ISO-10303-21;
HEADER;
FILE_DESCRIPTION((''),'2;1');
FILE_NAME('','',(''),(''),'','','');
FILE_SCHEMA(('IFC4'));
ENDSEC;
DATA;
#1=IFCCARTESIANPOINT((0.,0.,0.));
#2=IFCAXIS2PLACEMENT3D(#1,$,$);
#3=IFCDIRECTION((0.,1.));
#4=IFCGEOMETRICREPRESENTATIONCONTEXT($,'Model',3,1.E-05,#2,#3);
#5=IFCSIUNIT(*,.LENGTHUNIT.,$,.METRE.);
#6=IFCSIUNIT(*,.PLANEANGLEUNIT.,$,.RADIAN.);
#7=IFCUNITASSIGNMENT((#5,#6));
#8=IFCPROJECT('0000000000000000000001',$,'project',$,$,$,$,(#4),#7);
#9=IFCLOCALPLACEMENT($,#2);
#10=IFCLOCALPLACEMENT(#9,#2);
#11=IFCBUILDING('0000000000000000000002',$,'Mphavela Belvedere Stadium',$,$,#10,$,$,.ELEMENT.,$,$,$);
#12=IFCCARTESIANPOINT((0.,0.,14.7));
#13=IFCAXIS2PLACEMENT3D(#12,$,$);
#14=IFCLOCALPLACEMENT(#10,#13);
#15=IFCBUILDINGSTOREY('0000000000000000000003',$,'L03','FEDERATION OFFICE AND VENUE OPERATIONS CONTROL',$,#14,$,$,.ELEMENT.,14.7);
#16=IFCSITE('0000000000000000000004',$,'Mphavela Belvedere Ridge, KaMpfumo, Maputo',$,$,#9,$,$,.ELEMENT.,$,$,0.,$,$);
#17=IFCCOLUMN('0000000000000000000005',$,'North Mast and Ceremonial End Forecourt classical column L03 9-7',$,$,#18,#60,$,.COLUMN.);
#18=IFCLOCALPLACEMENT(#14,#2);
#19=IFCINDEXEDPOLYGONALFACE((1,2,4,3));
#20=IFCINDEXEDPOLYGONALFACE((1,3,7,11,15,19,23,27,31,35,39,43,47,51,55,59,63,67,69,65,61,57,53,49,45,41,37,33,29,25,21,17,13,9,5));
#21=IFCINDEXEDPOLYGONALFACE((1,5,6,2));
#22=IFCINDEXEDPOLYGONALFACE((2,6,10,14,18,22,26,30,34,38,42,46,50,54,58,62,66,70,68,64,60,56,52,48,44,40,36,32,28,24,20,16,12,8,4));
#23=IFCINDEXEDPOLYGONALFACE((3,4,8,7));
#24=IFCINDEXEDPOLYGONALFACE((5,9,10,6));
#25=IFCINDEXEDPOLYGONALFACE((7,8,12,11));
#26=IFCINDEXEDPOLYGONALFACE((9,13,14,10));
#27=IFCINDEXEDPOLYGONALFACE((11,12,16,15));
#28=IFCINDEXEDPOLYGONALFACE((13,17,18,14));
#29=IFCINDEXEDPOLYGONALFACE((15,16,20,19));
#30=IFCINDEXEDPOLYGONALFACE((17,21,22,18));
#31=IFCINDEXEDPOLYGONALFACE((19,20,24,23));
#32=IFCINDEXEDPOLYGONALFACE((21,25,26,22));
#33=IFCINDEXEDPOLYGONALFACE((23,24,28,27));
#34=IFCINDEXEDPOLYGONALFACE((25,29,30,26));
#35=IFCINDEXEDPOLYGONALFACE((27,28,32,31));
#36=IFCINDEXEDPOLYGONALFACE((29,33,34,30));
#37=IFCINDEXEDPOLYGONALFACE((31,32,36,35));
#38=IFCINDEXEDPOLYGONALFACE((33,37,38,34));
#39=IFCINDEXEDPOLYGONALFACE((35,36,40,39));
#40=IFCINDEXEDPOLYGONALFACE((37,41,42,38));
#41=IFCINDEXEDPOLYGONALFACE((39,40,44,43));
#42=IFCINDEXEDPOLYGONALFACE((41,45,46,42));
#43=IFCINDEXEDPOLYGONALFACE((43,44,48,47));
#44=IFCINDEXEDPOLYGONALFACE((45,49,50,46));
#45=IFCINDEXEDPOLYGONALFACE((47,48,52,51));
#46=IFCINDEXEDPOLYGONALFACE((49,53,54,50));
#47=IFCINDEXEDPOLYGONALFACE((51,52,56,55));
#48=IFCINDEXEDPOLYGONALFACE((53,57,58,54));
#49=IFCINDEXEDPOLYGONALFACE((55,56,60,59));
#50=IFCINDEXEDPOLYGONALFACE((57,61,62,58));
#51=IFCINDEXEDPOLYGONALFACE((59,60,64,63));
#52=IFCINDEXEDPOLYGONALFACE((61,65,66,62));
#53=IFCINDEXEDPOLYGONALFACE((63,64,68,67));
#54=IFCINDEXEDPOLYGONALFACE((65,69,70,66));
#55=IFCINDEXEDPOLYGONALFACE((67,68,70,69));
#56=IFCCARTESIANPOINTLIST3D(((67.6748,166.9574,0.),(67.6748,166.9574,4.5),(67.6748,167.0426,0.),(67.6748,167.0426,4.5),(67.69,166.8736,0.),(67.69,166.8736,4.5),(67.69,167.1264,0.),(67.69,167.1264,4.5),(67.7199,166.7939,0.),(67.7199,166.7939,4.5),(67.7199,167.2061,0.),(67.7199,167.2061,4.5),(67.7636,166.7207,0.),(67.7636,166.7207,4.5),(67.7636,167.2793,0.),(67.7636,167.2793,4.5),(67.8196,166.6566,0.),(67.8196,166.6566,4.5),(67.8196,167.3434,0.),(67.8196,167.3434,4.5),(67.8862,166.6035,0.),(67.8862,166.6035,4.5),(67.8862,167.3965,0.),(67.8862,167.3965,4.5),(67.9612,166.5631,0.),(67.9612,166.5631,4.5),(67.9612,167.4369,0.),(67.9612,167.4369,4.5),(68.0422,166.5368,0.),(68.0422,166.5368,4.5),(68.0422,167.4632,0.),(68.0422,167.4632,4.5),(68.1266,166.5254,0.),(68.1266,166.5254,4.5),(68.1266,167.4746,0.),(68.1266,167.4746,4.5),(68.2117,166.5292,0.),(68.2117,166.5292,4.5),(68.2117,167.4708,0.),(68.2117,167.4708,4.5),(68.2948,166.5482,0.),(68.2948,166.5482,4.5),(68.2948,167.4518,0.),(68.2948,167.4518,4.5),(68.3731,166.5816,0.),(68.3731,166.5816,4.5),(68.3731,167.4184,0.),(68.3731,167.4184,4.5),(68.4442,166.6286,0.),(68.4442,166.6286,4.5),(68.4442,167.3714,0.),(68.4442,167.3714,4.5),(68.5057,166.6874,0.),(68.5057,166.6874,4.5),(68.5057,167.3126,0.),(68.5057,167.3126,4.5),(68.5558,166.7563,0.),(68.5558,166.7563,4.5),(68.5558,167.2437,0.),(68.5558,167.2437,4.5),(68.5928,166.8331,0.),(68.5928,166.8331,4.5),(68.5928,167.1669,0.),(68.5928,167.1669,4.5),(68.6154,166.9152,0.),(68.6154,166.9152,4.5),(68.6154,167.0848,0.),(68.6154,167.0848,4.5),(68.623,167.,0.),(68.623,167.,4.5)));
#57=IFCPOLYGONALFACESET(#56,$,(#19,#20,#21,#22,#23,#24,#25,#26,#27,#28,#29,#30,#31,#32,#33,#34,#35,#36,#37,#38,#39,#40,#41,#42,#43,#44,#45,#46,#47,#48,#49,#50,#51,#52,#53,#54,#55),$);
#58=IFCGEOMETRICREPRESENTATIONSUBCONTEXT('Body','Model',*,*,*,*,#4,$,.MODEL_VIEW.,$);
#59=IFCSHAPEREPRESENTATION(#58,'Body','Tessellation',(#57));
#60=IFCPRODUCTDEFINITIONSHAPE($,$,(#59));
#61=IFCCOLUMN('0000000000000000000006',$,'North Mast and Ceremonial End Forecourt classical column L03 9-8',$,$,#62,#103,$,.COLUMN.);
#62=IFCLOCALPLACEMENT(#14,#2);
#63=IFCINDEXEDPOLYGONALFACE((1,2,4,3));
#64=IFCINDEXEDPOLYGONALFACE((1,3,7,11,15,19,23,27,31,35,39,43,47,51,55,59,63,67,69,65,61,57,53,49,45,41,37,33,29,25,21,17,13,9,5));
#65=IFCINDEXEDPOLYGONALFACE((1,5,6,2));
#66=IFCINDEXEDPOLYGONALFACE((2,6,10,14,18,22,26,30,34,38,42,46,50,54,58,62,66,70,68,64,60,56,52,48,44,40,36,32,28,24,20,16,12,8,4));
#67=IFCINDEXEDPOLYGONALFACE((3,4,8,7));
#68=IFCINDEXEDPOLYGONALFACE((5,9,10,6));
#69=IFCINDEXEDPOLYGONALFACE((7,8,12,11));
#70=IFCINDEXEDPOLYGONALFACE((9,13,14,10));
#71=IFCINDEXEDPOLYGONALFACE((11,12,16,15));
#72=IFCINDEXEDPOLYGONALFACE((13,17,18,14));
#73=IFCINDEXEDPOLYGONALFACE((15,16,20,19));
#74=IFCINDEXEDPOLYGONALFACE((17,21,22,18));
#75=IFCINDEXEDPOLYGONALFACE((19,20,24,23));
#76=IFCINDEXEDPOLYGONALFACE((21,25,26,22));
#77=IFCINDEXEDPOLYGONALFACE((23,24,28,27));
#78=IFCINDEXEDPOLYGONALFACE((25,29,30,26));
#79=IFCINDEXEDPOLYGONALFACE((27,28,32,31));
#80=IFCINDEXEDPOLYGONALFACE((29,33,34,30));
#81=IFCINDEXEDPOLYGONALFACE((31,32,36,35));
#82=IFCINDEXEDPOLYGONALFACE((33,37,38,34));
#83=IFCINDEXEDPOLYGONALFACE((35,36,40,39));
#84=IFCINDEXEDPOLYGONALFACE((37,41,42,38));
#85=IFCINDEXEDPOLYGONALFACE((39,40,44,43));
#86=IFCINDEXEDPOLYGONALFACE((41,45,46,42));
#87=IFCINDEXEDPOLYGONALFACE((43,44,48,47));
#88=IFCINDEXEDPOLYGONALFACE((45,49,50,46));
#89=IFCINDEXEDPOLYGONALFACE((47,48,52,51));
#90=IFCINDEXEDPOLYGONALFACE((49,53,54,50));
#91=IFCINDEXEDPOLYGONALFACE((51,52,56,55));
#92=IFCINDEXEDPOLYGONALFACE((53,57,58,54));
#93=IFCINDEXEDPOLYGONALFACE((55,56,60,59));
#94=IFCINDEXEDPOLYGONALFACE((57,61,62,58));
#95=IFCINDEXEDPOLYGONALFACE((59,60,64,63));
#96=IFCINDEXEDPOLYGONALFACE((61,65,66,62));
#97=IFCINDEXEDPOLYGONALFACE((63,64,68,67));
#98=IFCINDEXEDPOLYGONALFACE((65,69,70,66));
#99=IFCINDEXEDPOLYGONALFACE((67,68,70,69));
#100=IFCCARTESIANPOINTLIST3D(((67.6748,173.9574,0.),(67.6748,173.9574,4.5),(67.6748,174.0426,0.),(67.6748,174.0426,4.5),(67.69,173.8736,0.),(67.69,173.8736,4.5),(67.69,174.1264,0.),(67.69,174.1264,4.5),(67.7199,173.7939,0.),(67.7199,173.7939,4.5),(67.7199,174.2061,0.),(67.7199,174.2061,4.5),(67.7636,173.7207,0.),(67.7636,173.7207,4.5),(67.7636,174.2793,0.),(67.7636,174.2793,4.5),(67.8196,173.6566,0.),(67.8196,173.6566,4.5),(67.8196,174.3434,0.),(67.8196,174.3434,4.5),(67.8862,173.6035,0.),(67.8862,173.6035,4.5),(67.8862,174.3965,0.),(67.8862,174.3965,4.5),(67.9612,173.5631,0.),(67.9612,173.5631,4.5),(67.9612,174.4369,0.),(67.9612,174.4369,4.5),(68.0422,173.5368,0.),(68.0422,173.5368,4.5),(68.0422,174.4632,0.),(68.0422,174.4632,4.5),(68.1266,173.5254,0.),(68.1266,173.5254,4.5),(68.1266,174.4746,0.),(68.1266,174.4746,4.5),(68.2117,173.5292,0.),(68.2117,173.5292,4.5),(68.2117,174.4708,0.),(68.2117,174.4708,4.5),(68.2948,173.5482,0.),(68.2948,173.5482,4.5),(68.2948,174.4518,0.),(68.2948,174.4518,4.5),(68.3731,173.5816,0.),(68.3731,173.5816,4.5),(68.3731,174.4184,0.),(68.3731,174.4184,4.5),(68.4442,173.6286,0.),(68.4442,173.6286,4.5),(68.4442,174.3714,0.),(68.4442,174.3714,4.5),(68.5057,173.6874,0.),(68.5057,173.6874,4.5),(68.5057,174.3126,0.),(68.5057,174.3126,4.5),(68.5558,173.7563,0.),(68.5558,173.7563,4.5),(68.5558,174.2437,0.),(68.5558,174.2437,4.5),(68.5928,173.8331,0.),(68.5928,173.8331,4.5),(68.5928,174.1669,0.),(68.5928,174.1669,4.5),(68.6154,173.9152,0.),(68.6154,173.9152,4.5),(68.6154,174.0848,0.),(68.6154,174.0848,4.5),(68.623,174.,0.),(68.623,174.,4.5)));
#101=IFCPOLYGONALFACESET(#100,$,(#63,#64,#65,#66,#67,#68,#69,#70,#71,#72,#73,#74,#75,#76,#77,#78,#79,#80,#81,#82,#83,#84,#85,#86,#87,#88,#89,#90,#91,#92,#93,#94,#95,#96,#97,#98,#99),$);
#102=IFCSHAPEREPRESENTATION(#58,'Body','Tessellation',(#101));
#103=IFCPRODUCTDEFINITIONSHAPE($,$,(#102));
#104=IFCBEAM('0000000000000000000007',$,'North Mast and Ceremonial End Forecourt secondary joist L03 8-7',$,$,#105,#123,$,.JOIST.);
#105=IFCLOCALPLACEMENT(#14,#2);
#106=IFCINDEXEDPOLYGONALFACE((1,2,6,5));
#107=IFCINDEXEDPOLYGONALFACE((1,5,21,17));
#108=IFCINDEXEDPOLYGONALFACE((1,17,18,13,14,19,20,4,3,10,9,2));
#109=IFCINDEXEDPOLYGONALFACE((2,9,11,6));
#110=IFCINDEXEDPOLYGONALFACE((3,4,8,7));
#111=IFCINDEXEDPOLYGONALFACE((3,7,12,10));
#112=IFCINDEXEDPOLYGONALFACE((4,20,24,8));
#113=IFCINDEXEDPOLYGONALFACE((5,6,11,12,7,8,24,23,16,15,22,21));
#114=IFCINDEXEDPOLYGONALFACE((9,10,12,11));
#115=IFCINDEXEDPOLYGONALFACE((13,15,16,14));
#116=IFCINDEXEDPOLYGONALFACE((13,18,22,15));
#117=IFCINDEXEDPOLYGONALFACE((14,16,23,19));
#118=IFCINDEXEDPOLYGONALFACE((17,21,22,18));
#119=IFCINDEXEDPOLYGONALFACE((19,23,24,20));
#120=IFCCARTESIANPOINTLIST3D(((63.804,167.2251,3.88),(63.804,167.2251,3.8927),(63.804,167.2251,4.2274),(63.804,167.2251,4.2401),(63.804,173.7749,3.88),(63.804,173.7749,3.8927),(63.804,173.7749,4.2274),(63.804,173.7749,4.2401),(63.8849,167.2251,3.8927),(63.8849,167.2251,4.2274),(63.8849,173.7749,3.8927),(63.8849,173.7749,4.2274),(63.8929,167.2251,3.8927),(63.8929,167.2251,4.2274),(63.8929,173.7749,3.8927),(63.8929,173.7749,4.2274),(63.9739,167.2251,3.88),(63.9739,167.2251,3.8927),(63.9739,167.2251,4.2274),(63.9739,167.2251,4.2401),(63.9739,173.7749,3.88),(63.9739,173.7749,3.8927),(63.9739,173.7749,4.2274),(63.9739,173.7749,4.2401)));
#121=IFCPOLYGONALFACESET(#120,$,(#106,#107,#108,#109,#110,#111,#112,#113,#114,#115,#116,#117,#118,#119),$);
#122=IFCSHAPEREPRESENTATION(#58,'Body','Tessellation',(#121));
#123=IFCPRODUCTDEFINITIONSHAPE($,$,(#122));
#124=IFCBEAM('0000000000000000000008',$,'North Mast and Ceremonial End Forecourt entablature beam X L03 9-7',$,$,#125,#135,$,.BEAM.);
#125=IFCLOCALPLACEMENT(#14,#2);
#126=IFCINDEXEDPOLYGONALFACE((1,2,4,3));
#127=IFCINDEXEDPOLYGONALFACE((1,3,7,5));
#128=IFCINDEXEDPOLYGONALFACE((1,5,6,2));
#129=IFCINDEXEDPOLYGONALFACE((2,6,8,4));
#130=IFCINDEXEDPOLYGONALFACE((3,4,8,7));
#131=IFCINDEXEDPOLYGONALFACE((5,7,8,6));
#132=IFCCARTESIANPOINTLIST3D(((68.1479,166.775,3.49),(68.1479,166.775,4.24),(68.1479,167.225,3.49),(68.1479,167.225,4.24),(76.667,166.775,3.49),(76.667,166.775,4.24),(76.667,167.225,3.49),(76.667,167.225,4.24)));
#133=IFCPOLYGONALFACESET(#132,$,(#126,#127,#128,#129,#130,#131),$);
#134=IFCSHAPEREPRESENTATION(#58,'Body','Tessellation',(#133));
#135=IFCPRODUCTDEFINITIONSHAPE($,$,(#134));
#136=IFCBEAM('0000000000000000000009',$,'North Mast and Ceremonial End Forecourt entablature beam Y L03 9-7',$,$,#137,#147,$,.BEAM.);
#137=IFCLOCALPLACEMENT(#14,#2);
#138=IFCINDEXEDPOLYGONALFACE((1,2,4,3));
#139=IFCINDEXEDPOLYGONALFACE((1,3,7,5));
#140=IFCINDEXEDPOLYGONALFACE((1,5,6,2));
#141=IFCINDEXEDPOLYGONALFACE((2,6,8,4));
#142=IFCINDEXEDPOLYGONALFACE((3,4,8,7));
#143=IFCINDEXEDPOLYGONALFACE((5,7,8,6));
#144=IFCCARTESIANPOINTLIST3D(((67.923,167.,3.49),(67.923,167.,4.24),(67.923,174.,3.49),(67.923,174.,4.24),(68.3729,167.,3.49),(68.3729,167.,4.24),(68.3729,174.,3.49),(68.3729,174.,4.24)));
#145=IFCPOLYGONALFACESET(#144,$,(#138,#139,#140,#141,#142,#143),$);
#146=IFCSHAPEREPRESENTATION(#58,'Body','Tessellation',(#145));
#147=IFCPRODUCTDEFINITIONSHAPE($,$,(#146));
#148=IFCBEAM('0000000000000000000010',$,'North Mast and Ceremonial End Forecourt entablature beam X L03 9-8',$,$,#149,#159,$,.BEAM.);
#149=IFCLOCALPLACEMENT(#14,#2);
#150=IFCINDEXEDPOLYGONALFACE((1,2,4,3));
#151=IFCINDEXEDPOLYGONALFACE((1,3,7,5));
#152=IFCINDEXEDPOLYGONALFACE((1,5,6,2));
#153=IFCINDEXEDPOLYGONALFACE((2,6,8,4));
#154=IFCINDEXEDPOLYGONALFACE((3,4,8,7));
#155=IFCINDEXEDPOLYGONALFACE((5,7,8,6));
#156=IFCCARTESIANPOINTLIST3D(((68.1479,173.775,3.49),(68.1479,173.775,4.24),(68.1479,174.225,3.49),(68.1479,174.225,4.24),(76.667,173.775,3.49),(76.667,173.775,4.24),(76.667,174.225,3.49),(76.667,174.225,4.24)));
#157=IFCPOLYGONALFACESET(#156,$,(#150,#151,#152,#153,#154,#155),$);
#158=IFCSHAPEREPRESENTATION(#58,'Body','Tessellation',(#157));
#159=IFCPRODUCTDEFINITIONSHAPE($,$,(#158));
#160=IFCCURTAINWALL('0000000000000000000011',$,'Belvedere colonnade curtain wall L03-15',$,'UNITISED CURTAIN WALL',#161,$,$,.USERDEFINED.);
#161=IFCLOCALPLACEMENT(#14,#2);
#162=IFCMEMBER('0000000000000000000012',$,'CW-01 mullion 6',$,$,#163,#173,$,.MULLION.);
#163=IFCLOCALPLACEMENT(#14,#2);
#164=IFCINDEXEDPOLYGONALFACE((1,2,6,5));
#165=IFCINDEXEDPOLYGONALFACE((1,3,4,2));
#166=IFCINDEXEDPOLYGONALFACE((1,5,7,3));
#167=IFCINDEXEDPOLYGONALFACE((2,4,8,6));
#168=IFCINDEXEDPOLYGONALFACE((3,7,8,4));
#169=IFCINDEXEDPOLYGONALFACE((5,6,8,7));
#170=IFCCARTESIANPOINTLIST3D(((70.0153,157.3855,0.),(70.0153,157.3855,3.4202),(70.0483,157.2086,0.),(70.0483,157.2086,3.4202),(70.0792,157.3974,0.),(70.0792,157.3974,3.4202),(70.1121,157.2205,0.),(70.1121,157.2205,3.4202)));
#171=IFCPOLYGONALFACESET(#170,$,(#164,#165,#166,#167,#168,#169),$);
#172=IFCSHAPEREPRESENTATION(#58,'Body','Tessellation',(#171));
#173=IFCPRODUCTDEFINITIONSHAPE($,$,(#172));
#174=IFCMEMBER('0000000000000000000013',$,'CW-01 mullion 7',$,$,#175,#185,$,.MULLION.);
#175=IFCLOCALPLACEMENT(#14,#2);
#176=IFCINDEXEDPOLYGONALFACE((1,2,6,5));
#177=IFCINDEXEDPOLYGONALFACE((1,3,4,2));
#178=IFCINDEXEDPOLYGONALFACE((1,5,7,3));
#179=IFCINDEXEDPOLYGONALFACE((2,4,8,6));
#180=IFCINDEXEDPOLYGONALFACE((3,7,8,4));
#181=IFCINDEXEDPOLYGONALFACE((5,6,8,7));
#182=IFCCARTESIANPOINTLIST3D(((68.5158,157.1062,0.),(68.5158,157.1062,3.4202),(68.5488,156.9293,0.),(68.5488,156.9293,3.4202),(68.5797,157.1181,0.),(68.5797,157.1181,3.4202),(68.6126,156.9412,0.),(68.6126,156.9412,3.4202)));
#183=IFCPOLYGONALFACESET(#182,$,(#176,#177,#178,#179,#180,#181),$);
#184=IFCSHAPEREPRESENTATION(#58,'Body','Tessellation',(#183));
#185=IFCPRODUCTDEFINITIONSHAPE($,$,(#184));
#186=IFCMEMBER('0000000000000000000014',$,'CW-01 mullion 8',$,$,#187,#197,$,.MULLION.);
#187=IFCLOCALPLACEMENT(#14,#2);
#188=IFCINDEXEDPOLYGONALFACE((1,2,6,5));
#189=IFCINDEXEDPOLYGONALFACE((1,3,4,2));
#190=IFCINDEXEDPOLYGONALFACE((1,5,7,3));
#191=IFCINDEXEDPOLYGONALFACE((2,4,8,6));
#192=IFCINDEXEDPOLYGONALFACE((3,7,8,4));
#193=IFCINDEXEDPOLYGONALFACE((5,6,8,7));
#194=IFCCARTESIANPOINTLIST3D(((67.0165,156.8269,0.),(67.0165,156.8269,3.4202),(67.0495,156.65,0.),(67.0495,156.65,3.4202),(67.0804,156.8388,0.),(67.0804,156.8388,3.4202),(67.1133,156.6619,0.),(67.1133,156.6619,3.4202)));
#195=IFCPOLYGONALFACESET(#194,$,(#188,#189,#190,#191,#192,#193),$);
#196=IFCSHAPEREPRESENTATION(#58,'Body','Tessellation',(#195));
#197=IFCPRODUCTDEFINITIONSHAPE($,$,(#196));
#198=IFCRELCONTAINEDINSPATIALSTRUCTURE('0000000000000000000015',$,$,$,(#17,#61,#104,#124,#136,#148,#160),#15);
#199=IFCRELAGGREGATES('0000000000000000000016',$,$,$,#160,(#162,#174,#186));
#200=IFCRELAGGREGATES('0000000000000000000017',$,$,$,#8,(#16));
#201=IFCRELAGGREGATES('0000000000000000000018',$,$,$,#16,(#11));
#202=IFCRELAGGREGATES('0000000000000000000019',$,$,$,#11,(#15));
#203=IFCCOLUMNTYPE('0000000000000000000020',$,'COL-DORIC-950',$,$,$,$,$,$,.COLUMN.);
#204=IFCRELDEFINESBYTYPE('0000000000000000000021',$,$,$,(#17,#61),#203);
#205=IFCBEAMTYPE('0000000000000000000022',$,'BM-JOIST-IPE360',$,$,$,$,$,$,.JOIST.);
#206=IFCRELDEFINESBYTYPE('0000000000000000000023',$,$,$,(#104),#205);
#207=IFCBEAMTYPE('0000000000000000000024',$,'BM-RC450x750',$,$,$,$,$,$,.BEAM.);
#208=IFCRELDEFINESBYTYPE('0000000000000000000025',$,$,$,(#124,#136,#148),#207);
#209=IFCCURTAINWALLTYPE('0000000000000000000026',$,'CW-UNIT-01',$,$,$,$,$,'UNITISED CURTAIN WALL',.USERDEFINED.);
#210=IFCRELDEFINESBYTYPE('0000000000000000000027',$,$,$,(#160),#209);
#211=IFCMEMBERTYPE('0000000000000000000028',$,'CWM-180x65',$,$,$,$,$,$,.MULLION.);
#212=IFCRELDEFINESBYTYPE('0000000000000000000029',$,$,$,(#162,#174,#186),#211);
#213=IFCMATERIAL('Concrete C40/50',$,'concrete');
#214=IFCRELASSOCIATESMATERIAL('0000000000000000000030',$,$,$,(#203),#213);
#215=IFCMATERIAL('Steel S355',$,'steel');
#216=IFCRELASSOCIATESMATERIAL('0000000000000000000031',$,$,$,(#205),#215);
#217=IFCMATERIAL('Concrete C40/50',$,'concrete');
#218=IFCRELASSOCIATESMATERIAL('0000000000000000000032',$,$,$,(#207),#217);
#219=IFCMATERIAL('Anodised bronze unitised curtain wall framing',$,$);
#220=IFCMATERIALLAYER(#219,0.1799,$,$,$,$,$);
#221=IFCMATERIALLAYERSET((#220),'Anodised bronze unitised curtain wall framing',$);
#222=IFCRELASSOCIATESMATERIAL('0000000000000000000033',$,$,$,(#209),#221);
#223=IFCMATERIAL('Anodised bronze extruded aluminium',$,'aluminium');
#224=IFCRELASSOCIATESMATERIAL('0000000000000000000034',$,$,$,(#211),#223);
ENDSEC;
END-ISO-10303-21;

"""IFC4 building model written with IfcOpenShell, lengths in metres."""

from ifc_helpers import new_model, si_unit, direction, frame, origin, origin_2d, place, context, subcontext, project, spatial, rectangle, circle, i_section, extrude, material, layer, layer_set, material_profile, profile_set, type_object, element, aggregate, save


model = new_model("IFC4")

# Units and contexts
model_context = context("Model", 3, precision=1e-05, world=origin(), true_north=direction((0.0, 1.0)))
body_context = subcontext(model_context, "Body", "Model", "MODEL_VIEW")
ifc_project = project(units=[si_unit("LENGTHUNIT", "METRE"), si_unit("PLANEANGLEUNIT", "RADIAN")], contexts=[model_context])

# Site, building, storey
site_placement = place(None, origin())
site = spatial("IfcSite", under=ifc_project, at=site_placement, Name="Mphavela Belvedere Ridge, KaMpfumo, Maputo", CompositionType="ELEMENT", RefElevation=0.0)
building_placement = place(site_placement, origin())
building = spatial("IfcBuilding", under=site, at=building_placement, Name="Mphavela Belvedere Stadium", CompositionType="ELEMENT")
storey_placement = place(building_placement, frame((0.0, 0.0, 14.7)))
storey = spatial("IfcBuildingStorey", under=building, at=storey_placement, Name="L03", Description="FEDERATION OFFICE AND VENUE OPERATIONS CONTROL", CompositionType="ELEMENT", Elevation=14.7)

# Columns
ifc_material_1 = material(Name="Concrete C40/50", Category="concrete")
ifc_material_profile_1 = material_profile(ifc_material_1, circle(Radius=0.4751, at=origin_2d()), Name="COL D950")
ifc_profile_set_1 = profile_set([ifc_material_profile_1], Name="Concrete C40/50")
column_type = type_object("IfcColumnType", Name="COL-DORIC-950", PredefinedType="COLUMN", material=ifc_profile_set_1)
for number, where, z_axis, x_axis, name in (
    (1, (68.1479, 167.0, 0.0), (0.0, 0.0, 1.0), (1.0, 0.0, 0.0), "North Mast and Ceremonial End Forecourt classical column L03 9-7"),
    (2, (68.1479, 174.0, 0.0), (0.0, 0.0, 1.0), (1.0, 0.0, 0.0), "North Mast and Ceremonial End Forecourt classical column L03 9-8"),
):
    element("IfcColumn", number, at=place(storey_placement, frame(where, z_axis=z_axis, x_axis=x_axis)), inside=storey, type_object=column_type, Name=name, PredefinedType="COLUMN", context=body_context, shape_type="SweptSolid", body=[
        extrude(circle(Radius=0.4751, at=origin_2d()), origin(), (0.0, 0.0, 1.0), 4.5),
    ])

# Beams
ifc_material_2 = material(Name="Steel S355", Category="steel")
ifc_material_profile_2 = material_profile(ifc_material_2, i_section(OverallWidth=0.1699, OverallDepth=0.3601, WebThickness=0.0081, FlangeThickness=0.0127, at=origin_2d()), Name="IPE 360")
ifc_profile_set_2 = profile_set([ifc_material_profile_2], Name="Steel S355")
beam_type_1 = type_object("IfcBeamType", Name="BM-JOIST-IPE360", PredefinedType="JOIST", material=ifc_profile_set_2)
beam_1_placement = place(storey_placement, frame((63.8889, 167.2251, 4.0601), z_axis=(0.0, 1.0, 0.0), x_axis=(-1.0, 0.0, 0.0)))
element("IfcBeam", 3, at=beam_1_placement, inside=storey, type_object=beam_type_1, Name="North Mast and Ceremonial End Forecourt secondary joist L03 8-7", PredefinedType="JOIST", context=body_context, shape_type="SweptSolid", body=[
    extrude(i_section(OverallWidth=0.1699, OverallDepth=0.3601, WebThickness=0.0081, FlangeThickness=0.0127, at=origin_2d()), origin(), (0.0, 0.0, 1.0), 6.5498),
])
ifc_material_3 = material(Name="Concrete C40/50", Category="concrete")
ifc_material_profile_3 = material_profile(ifc_material_3, rectangle(XDim=0.45, YDim=0.75, at=origin_2d()), Name="RC 450x750")
ifc_profile_set_3 = profile_set([ifc_material_profile_3], Name="Concrete C40/50")
beam_type_2 = type_object("IfcBeamType", Name="BM-RC450x750", PredefinedType="BEAM", material=ifc_profile_set_3)
beam_2_placement = place(storey_placement, frame((68.1479, 167.0, 3.865), z_axis=(1.0, 0.0, 0.0), x_axis=(0.0, 1.0, 0.0)))
element("IfcBeam", 4, at=beam_2_placement, inside=storey, type_object=beam_type_2, Name="North Mast and Ceremonial End Forecourt entablature beam X L03 9-7", PredefinedType="BEAM", context=body_context, shape_type="SweptSolid", body=[
    extrude(rectangle(XDim=0.45, YDim=0.75, at=origin_2d()), origin(), (0.0, 0.0, 1.0), 8.519),
])
beam_3_placement = place(storey_placement, frame((68.1479, 167.0, 3.865), z_axis=(0.0, 1.0, 0.0), x_axis=(-1.0, 0.0, 0.0)))
element("IfcBeam", 5, at=beam_3_placement, inside=storey, type_object=beam_type_2, Name="North Mast and Ceremonial End Forecourt entablature beam Y L03 9-7", PredefinedType="BEAM", context=body_context, shape_type="SweptSolid", body=[
    extrude(rectangle(XDim=0.45, YDim=0.75, at=origin_2d()), origin(), (0.0, 0.0, 1.0), 7.0),
])
beam_4_placement = place(storey_placement, frame((68.1479, 174.0, 3.865), z_axis=(1.0, 0.0, 0.0), x_axis=(0.0, 1.0, 0.0)))
element("IfcBeam", 6, at=beam_4_placement, inside=storey, type_object=beam_type_2, Name="North Mast and Ceremonial End Forecourt entablature beam X L03 9-8", PredefinedType="BEAM", context=body_context, shape_type="SweptSolid", body=[
    extrude(rectangle(XDim=0.45, YDim=0.75, at=origin_2d()), origin(), (0.0, 0.0, 1.0), 8.519),
])

# Curtain wall, members
ifc_material_4 = material(Name="Anodised bronze unitised curtain wall framing")
ifc_layer_1 = layer(ifc_material_4, 0.1799)
ifc_layer_set_1 = layer_set([ifc_layer_1], Name="Anodised bronze unitised curtain wall framing")
curtain_wall_type_1 = type_object("IfcCurtainWallType", Name="CW-UNIT-01", ElementType="UNITISED CURTAIN WALL", PredefinedType="USERDEFINED", material=ifc_layer_set_1)
curtain_wall_1_placement = place(storey_placement, origin())
curtain_wall_1 = element("IfcCurtainWall", 7, at=curtain_wall_1_placement, inside=storey, type_object=curtain_wall_type_1, Name="Belvedere colonnade curtain wall L03-15", ObjectType="UNITISED CURTAIN WALL", PredefinedType="USERDEFINED")
ifc_material_5 = material(Name="Anodised bronze extruded aluminium", Category="aluminium")
ifc_material_profile_4 = material_profile(ifc_material_5, rectangle(XDim=0.1799, YDim=0.0649, at=origin_2d()), Name="CW-MUL 180x65")
ifc_profile_set_4 = profile_set([ifc_material_profile_4], Name="Anodised bronze extruded aluminium")
member_type_1 = type_object("IfcMemberType", Name="CWM-180x65", PredefinedType="MULLION", material=ifc_profile_set_4)
member_1_placement = place(storey_placement, frame((70.0637, 157.303, 0.0), z_axis=(0.0, 0.0, 1.0), x_axis=(0.183088, -0.983097, 0.0)))
member_1 = element("IfcMember", 8, at=member_1_placement, type_object=member_type_1, Name="CW-01 mullion 6", PredefinedType="MULLION", context=body_context, shape_type="SweptSolid", body=[
    extrude(rectangle(XDim=0.1799, YDim=0.0649, at=origin_2d()), origin(), (0.0, 0.0, 1.0), 3.4202),
])
member_2_placement = place(storey_placement, frame((68.5642, 157.0237, 0.0), z_axis=(0.0, 0.0, 1.0), x_axis=(0.183088, -0.983097, 0.0)))
member_2 = element("IfcMember", 9, at=member_2_placement, type_object=member_type_1, Name="CW-01 mullion 7", PredefinedType="MULLION", context=body_context, shape_type="SweptSolid", body=[
    extrude(rectangle(XDim=0.1799, YDim=0.0649, at=origin_2d()), origin(), (0.0, 0.0, 1.0), 3.4202),
])
member_3_placement = place(storey_placement, frame((67.0649, 156.7444, 0.0), z_axis=(0.0, 0.0, 1.0), x_axis=(0.183088, -0.983097, 0.0)))
member_3 = element("IfcMember", 10, at=member_3_placement, type_object=member_type_1, Name="CW-01 mullion 8", PredefinedType="MULLION", context=body_context, shape_type="SweptSolid", body=[
    extrude(rectangle(XDim=0.1799, YDim=0.0649, at=origin_2d()), origin(), (0.0, 0.0, 1.0), 3.4202),
])

aggregate(curtain_wall_1, [member_1, member_2, member_3])

save(model, "model.ifc")
